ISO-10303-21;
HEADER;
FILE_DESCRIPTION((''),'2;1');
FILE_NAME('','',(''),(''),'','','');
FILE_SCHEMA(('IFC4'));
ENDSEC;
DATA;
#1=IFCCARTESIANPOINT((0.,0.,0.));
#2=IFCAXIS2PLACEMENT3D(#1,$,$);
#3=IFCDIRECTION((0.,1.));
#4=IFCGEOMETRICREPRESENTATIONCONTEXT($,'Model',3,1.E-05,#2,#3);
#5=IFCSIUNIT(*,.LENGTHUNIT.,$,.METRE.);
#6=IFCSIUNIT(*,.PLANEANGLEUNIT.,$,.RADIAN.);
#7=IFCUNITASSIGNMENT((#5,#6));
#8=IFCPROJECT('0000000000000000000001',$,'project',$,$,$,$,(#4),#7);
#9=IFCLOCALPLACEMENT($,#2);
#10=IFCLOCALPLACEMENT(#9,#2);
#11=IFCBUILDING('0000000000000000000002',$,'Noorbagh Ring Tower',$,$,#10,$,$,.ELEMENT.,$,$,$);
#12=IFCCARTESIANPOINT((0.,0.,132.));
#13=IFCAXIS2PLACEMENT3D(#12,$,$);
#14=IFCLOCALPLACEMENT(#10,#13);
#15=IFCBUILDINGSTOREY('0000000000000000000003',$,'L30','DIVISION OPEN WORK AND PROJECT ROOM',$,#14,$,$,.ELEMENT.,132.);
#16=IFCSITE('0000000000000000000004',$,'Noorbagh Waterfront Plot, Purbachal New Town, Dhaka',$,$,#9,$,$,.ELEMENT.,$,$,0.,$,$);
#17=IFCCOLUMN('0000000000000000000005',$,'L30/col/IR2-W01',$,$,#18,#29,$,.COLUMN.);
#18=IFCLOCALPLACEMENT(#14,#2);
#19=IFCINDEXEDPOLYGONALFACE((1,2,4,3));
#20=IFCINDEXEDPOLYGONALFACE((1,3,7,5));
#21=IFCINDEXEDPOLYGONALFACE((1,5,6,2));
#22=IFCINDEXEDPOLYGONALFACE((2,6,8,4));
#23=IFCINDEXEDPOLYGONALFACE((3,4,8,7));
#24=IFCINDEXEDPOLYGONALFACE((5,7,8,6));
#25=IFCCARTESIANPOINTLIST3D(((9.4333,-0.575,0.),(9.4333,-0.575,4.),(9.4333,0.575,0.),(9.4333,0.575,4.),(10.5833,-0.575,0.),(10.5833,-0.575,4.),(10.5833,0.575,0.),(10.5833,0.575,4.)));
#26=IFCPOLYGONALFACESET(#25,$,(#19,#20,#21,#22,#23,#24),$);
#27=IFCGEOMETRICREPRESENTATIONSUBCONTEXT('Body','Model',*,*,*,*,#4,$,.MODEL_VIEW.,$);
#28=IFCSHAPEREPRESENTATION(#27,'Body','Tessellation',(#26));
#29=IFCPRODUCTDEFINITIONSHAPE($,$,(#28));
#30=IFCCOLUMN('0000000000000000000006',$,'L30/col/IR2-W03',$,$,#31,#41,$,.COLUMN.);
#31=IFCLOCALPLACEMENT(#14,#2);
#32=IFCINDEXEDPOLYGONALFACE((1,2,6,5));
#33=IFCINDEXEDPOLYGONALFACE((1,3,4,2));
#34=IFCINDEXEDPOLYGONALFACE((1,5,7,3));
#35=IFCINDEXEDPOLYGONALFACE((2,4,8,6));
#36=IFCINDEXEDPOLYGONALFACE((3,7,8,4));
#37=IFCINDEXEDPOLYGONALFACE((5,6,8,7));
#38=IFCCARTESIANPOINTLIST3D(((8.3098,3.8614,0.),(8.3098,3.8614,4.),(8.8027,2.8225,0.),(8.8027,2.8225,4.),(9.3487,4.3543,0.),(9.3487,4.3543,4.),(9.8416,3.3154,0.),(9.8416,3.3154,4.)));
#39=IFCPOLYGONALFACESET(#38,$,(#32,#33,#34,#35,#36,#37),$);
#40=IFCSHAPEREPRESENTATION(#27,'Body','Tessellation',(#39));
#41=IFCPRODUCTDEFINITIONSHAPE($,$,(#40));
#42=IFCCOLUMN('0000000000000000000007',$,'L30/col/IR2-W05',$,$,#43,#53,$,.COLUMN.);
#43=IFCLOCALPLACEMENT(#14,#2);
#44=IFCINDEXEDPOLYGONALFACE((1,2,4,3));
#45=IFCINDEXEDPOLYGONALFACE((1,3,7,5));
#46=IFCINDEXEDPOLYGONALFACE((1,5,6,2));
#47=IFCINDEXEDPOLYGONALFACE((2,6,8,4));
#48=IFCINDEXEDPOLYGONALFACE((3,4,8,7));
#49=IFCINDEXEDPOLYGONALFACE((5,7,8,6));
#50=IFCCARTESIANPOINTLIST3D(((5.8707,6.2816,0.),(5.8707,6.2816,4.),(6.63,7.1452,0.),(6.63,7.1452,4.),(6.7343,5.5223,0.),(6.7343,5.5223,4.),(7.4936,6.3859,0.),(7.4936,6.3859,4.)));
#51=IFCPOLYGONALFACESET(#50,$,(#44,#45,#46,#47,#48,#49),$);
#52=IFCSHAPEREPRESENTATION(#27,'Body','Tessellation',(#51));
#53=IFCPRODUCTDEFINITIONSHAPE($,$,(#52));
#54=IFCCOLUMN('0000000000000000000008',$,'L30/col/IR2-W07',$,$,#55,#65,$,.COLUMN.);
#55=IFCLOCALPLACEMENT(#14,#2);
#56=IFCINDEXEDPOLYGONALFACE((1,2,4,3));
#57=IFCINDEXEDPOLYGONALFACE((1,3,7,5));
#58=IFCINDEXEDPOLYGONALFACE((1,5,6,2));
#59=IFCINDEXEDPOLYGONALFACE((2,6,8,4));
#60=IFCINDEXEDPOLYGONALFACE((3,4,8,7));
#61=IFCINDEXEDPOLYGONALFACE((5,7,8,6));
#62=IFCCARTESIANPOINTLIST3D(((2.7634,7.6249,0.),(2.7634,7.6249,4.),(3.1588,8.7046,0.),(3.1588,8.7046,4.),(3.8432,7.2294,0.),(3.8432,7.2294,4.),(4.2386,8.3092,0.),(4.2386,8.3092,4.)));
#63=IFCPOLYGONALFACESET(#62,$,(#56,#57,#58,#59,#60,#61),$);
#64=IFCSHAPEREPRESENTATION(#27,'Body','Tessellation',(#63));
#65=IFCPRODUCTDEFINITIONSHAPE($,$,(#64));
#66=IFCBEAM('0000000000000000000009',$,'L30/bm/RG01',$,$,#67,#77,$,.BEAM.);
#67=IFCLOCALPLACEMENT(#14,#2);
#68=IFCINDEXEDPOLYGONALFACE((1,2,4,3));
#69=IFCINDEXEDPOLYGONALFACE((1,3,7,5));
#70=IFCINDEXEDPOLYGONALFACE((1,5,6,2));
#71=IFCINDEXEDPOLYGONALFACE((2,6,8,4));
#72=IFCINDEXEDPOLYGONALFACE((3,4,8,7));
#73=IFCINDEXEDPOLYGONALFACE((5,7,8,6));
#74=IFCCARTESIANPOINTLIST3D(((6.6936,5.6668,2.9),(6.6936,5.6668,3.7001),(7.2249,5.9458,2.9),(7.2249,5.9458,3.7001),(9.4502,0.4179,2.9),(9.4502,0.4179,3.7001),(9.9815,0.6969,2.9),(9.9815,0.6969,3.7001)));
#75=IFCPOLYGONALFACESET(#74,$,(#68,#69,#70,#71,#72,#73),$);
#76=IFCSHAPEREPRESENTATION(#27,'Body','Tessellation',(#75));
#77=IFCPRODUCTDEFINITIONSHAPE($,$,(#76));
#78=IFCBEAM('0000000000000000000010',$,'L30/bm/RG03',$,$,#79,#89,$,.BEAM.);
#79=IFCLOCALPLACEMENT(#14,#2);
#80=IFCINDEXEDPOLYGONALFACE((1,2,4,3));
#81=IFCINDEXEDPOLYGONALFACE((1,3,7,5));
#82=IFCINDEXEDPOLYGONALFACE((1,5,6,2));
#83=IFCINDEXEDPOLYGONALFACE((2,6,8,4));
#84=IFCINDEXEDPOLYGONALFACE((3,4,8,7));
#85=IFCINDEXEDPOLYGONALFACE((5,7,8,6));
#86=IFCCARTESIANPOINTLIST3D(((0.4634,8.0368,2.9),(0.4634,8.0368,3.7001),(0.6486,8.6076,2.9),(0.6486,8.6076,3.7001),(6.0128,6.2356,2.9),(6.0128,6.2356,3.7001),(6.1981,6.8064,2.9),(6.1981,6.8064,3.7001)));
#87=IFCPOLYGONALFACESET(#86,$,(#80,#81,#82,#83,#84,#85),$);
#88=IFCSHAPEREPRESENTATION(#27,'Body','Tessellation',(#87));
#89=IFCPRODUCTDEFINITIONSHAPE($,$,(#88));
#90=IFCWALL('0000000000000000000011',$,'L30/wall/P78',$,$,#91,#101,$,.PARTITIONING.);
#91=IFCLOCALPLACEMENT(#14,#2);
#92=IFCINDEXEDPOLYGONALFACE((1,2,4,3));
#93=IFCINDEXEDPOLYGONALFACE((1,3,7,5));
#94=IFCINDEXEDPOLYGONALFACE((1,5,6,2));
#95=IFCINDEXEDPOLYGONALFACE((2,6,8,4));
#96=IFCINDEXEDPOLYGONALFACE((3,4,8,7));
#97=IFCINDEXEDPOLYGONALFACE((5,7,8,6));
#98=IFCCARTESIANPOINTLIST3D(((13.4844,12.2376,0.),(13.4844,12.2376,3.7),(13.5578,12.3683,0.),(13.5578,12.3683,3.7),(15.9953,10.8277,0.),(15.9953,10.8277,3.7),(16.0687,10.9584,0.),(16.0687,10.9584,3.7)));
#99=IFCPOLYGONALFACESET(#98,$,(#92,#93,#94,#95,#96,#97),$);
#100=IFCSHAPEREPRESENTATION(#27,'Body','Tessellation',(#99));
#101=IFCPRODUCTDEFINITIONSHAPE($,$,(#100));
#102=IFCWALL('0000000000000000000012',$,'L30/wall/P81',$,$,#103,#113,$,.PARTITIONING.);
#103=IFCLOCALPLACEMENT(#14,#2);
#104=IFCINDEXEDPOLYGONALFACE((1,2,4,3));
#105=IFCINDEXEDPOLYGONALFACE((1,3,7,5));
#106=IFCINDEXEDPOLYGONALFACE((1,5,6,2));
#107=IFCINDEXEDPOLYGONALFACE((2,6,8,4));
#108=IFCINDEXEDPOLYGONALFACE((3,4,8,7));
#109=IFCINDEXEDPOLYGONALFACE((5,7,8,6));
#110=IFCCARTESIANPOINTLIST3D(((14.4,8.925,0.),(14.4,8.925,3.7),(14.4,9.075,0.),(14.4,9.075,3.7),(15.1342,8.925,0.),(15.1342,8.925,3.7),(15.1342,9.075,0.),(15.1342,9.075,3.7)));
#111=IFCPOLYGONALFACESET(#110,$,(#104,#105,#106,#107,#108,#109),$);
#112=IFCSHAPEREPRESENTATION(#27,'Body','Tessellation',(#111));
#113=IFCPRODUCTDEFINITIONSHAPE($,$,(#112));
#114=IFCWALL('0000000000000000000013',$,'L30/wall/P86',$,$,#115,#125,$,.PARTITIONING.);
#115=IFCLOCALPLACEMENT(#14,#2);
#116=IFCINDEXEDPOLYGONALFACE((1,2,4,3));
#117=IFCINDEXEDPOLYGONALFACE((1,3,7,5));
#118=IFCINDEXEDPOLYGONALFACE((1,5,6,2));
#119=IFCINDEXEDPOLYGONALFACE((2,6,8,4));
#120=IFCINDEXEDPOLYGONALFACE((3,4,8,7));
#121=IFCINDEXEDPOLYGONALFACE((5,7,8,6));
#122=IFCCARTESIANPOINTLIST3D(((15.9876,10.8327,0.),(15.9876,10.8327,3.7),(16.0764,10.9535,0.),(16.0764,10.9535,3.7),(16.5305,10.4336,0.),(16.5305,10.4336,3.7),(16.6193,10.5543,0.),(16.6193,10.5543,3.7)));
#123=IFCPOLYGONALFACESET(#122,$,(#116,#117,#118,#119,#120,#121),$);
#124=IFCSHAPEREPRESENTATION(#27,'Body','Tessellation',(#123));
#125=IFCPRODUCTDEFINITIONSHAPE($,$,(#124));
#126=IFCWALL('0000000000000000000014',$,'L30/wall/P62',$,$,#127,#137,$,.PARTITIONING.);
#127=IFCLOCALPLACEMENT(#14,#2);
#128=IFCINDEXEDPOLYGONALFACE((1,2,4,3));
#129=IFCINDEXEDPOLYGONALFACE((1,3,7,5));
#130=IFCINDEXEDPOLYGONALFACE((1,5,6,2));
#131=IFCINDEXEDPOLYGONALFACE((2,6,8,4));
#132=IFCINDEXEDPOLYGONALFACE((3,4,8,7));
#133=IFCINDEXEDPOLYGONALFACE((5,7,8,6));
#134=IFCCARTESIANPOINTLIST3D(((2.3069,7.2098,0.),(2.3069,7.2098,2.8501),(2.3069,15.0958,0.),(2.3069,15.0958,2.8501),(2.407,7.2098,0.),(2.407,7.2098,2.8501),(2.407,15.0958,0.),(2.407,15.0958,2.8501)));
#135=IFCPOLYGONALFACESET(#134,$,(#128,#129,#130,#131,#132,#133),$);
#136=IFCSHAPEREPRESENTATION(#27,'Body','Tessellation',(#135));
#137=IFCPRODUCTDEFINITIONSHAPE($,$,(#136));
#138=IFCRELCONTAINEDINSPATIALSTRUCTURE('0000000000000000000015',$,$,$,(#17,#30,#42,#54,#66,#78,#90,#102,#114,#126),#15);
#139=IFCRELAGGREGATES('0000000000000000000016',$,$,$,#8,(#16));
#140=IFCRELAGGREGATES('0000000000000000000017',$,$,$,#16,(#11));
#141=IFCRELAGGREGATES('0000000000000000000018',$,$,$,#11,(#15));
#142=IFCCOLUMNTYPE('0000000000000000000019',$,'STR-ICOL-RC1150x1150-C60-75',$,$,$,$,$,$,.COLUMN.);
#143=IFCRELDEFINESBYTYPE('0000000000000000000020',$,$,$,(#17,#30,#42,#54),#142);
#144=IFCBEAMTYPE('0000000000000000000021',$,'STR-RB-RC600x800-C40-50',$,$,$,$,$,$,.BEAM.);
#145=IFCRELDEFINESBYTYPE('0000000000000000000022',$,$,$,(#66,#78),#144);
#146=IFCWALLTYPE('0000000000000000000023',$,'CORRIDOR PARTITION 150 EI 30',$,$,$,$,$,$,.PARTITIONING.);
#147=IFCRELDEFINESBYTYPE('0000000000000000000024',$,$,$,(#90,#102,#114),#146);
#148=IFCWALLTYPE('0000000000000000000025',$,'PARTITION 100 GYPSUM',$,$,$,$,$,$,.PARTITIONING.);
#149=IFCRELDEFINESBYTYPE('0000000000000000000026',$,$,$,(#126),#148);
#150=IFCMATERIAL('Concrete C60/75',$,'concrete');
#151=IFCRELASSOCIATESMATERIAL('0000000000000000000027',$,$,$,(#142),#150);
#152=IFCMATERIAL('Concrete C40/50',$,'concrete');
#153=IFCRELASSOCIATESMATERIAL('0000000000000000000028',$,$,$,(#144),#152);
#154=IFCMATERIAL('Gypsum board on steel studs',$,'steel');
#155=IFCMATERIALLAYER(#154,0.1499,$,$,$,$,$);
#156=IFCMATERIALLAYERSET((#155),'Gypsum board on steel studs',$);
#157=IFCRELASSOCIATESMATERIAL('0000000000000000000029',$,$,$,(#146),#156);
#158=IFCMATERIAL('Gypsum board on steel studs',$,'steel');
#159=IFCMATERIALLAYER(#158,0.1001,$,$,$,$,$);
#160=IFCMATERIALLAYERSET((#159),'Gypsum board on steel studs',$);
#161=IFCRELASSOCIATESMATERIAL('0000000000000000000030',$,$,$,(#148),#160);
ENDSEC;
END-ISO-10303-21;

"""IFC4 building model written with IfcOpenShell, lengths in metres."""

from ifc_helpers import new_model, si_unit, direction, frame, frame_2d, origin, origin_2d, place, context, subcontext, project, spatial, rectangle, extrude, material, layer, layer_set, material_profile, profile_set, type_object, element, save


model = new_model("IFC4")

# Units and contexts
model_context = context("Model", 3, precision=1e-05, world=origin(), true_north=direction((0.0, 1.0)))
body_context = subcontext(model_context, "Body", "Model", "MODEL_VIEW")
ifc_project = project(units=[si_unit("LENGTHUNIT", "METRE"), si_unit("PLANEANGLEUNIT", "RADIAN")], contexts=[model_context])

# Site, building, storey
site_placement = place(None, origin())
site = spatial("IfcSite", under=ifc_project, at=site_placement, Name="Noorbagh Waterfront Plot, Purbachal New Town, Dhaka", CompositionType="ELEMENT", RefElevation=0.0)
building_placement = place(site_placement, origin())
building = spatial("IfcBuilding", under=site, at=building_placement, Name="Noorbagh Ring Tower", CompositionType="ELEMENT")
storey_placement = place(building_placement, frame((0.0, 0.0, 132.0)))
storey = spatial("IfcBuildingStorey", under=building, at=storey_placement, Name="L30", Description="DIVISION OPEN WORK AND PROJECT ROOM", CompositionType="ELEMENT", Elevation=132.0)

# Columns
ifc_material_1 = material(Name="Concrete C60/75", Category="concrete")
ifc_material_profile_1 = material_profile(ifc_material_1, rectangle(XDim=1.1499, YDim=1.1499, at=origin_2d()), Name="RC1150x1150")
ifc_profile_set_1 = profile_set([ifc_material_profile_1], Name="Concrete C60/75")
column_type = type_object("IfcColumnType", Name="STR-ICOL-RC1150x1150-C60-75", PredefinedType="COLUMN", material=ifc_profile_set_1)
for number, where, z_axis, x_axis, name in (
    (1, (10.0083, 0.0, 0.0), (0.0, 0.0, 1.0), (0.0, 1.0, 0.0), "L30/col/IR2-W01"),
    (2, (9.0757, 3.5884, 0.0), (0.0, 0.0, 1.0), (-0.428667, 0.903463, 0.0), "L30/col/IR2-W03"),
    (3, (6.6821, 6.3337, 0.0), (0.0, 0.0, 1.0), (-0.751022, 0.660277, 0.0), "L30/col/IR2-W05"),
    (4, (3.501, 7.967, 0.0), (0.0, 0.0, 1.0), (-0.93902, 0.343864, 0.0), "L30/col/IR2-W07"),
):
    element("IfcColumn", number, at=place(storey_placement, frame(where, z_axis=z_axis, x_axis=x_axis)), inside=storey, type_object=column_type, Name=name, PredefinedType="COLUMN", context=body_context, shape_type="SweptSolid", body=[
        extrude(rectangle(XDim=1.1499, YDim=1.1499, at=origin_2d()), origin(), (0.0, 0.0, 1.0), 4.0),
    ])

# Beams
ifc_material_2 = material(Name="Concrete C40/50", Category="concrete")
ifc_material_profile_2 = material_profile(ifc_material_2, rectangle(XDim=0.6001, YDim=0.8, at=origin_2d()), Name="RC600x800")
ifc_profile_set_2 = profile_set([ifc_material_profile_2], Name="Concrete C40/50")
beam_type = type_object("IfcBeamType", Name="STR-RB-RC600x800-C40-50", PredefinedType="BEAM", material=ifc_profile_set_2)
beam_1_placement = place(storey_placement, frame((9.7158, 0.5574, 3.3), z_axis=(-0.464947, 0.885339, 0.0), x_axis=(-0.885339, -0.464947, 0.0)))
element("IfcBeam", 5, at=beam_1_placement, inside=storey, type_object=beam_type, Name="L30/bm/RG01", PredefinedType="BEAM", context=body_context, shape_type="SweptSolid", body=[
    extrude(rectangle(XDim=0.6001, YDim=0.8, at=origin_2d()), origin(), (0.0, 0.0, 1.0), 5.9287),
])
beam_2_placement = place(storey_placement, frame((6.1055, 6.521, 3.3), z_axis=(-0.951152, 0.308724, 0.0), x_axis=(-0.308724, -0.951152, 0.0)))
element("IfcBeam", 6, at=beam_2_placement, inside=storey, type_object=beam_type, Name="L30/bm/RG03", PredefinedType="BEAM", context=body_context, shape_type="SweptSolid", body=[
    extrude(rectangle(XDim=0.6001, YDim=0.8, at=origin_2d()), origin(), (0.0, 0.0, 1.0), 5.8345),
])

# Walls
ifc_material_3 = material(Name="Gypsum board on steel studs", Category="steel")
ifc_layer_1 = layer(ifc_material_3, 0.1499)
ifc_layer_set_1 = layer_set([ifc_layer_1], Name="Gypsum board on steel studs")
wall_type_1 = type_object("IfcWallType", Name="CORRIDOR PARTITION 150 EI 30", PredefinedType="PARTITIONING", material=ifc_layer_set_1)
wall_1_placement = place(storey_placement, frame((13.521, 12.303, 0.0), z_axis=(0.0, 0.0, 1.0), x_axis=(0.871949, -0.489597, 0.0)))
element("IfcWall", 7, at=wall_1_placement, inside=storey, type_object=wall_type_1, Name="L30/wall/P78", PredefinedType="PARTITIONING", context=body_context, shape_type="SweptSolid", body=[
    extrude(rectangle(XDim=2.8796, YDim=0.1499, at=frame_2d((1.4399, 0.0))), origin(), (0.0, 0.0, 1.0), 3.7),
])
wall_2_placement = place(storey_placement, frame((14.3999, 9.0, 0.0), z_axis=(0.0, 0.0, 1.0), x_axis=(1.0, 0.0, 0.0)))
element("IfcWall", 8, at=wall_2_placement, inside=storey, type_object=wall_type_1, Name="L30/wall/P81", PredefinedType="PARTITIONING", context=body_context, shape_type="SweptSolid", body=[
    extrude(rectangle(XDim=0.7341, YDim=0.1499, at=frame_2d((0.3672, 0.0))), origin(), (0.0, 0.0, 1.0), 3.7),
])
wall_3_placement = place(storey_placement, frame((16.032, 10.8931, 0.0), z_axis=(0.0, 0.0, 1.0), x_axis=(0.805702, -0.592321, 0.0)))
element("IfcWall", 9, at=wall_3_placement, inside=storey, type_object=wall_type_1, Name="L30/wall/P86", PredefinedType="PARTITIONING", context=body_context, shape_type="SweptSolid", body=[
    extrude(rectangle(XDim=0.6738, YDim=0.1499, at=frame_2d((0.3369, 0.0))), origin(), (0.0, 0.0, 1.0), 3.7),
])
ifc_material_4 = material(Name="Gypsum board on steel studs", Category="steel")
ifc_layer_2 = layer(ifc_material_4, 0.1001)
ifc_layer_set_2 = layer_set([ifc_layer_2], Name="Gypsum board on steel studs")
wall_type_2 = type_object("IfcWallType", Name="PARTITION 100 GYPSUM", PredefinedType="PARTITIONING", material=ifc_layer_set_2)
wall_4_placement = place(storey_placement, frame((2.3569, 7.21, 0.0), z_axis=(0.0, 0.0, 1.0), x_axis=(0.0, 1.0, 0.0)))
element("IfcWall", 10, at=wall_4_placement, inside=storey, type_object=wall_type_2, Name="L30/wall/P62", PredefinedType="PARTITIONING", context=body_context, shape_type="SweptSolid", body=[
    extrude(rectangle(XDim=7.886, YDim=0.1001, at=frame_2d((3.9429, 0.0))), origin(), (0.0, 0.0, 1.0), 2.8501),
])

save(model, "model.ifc")
